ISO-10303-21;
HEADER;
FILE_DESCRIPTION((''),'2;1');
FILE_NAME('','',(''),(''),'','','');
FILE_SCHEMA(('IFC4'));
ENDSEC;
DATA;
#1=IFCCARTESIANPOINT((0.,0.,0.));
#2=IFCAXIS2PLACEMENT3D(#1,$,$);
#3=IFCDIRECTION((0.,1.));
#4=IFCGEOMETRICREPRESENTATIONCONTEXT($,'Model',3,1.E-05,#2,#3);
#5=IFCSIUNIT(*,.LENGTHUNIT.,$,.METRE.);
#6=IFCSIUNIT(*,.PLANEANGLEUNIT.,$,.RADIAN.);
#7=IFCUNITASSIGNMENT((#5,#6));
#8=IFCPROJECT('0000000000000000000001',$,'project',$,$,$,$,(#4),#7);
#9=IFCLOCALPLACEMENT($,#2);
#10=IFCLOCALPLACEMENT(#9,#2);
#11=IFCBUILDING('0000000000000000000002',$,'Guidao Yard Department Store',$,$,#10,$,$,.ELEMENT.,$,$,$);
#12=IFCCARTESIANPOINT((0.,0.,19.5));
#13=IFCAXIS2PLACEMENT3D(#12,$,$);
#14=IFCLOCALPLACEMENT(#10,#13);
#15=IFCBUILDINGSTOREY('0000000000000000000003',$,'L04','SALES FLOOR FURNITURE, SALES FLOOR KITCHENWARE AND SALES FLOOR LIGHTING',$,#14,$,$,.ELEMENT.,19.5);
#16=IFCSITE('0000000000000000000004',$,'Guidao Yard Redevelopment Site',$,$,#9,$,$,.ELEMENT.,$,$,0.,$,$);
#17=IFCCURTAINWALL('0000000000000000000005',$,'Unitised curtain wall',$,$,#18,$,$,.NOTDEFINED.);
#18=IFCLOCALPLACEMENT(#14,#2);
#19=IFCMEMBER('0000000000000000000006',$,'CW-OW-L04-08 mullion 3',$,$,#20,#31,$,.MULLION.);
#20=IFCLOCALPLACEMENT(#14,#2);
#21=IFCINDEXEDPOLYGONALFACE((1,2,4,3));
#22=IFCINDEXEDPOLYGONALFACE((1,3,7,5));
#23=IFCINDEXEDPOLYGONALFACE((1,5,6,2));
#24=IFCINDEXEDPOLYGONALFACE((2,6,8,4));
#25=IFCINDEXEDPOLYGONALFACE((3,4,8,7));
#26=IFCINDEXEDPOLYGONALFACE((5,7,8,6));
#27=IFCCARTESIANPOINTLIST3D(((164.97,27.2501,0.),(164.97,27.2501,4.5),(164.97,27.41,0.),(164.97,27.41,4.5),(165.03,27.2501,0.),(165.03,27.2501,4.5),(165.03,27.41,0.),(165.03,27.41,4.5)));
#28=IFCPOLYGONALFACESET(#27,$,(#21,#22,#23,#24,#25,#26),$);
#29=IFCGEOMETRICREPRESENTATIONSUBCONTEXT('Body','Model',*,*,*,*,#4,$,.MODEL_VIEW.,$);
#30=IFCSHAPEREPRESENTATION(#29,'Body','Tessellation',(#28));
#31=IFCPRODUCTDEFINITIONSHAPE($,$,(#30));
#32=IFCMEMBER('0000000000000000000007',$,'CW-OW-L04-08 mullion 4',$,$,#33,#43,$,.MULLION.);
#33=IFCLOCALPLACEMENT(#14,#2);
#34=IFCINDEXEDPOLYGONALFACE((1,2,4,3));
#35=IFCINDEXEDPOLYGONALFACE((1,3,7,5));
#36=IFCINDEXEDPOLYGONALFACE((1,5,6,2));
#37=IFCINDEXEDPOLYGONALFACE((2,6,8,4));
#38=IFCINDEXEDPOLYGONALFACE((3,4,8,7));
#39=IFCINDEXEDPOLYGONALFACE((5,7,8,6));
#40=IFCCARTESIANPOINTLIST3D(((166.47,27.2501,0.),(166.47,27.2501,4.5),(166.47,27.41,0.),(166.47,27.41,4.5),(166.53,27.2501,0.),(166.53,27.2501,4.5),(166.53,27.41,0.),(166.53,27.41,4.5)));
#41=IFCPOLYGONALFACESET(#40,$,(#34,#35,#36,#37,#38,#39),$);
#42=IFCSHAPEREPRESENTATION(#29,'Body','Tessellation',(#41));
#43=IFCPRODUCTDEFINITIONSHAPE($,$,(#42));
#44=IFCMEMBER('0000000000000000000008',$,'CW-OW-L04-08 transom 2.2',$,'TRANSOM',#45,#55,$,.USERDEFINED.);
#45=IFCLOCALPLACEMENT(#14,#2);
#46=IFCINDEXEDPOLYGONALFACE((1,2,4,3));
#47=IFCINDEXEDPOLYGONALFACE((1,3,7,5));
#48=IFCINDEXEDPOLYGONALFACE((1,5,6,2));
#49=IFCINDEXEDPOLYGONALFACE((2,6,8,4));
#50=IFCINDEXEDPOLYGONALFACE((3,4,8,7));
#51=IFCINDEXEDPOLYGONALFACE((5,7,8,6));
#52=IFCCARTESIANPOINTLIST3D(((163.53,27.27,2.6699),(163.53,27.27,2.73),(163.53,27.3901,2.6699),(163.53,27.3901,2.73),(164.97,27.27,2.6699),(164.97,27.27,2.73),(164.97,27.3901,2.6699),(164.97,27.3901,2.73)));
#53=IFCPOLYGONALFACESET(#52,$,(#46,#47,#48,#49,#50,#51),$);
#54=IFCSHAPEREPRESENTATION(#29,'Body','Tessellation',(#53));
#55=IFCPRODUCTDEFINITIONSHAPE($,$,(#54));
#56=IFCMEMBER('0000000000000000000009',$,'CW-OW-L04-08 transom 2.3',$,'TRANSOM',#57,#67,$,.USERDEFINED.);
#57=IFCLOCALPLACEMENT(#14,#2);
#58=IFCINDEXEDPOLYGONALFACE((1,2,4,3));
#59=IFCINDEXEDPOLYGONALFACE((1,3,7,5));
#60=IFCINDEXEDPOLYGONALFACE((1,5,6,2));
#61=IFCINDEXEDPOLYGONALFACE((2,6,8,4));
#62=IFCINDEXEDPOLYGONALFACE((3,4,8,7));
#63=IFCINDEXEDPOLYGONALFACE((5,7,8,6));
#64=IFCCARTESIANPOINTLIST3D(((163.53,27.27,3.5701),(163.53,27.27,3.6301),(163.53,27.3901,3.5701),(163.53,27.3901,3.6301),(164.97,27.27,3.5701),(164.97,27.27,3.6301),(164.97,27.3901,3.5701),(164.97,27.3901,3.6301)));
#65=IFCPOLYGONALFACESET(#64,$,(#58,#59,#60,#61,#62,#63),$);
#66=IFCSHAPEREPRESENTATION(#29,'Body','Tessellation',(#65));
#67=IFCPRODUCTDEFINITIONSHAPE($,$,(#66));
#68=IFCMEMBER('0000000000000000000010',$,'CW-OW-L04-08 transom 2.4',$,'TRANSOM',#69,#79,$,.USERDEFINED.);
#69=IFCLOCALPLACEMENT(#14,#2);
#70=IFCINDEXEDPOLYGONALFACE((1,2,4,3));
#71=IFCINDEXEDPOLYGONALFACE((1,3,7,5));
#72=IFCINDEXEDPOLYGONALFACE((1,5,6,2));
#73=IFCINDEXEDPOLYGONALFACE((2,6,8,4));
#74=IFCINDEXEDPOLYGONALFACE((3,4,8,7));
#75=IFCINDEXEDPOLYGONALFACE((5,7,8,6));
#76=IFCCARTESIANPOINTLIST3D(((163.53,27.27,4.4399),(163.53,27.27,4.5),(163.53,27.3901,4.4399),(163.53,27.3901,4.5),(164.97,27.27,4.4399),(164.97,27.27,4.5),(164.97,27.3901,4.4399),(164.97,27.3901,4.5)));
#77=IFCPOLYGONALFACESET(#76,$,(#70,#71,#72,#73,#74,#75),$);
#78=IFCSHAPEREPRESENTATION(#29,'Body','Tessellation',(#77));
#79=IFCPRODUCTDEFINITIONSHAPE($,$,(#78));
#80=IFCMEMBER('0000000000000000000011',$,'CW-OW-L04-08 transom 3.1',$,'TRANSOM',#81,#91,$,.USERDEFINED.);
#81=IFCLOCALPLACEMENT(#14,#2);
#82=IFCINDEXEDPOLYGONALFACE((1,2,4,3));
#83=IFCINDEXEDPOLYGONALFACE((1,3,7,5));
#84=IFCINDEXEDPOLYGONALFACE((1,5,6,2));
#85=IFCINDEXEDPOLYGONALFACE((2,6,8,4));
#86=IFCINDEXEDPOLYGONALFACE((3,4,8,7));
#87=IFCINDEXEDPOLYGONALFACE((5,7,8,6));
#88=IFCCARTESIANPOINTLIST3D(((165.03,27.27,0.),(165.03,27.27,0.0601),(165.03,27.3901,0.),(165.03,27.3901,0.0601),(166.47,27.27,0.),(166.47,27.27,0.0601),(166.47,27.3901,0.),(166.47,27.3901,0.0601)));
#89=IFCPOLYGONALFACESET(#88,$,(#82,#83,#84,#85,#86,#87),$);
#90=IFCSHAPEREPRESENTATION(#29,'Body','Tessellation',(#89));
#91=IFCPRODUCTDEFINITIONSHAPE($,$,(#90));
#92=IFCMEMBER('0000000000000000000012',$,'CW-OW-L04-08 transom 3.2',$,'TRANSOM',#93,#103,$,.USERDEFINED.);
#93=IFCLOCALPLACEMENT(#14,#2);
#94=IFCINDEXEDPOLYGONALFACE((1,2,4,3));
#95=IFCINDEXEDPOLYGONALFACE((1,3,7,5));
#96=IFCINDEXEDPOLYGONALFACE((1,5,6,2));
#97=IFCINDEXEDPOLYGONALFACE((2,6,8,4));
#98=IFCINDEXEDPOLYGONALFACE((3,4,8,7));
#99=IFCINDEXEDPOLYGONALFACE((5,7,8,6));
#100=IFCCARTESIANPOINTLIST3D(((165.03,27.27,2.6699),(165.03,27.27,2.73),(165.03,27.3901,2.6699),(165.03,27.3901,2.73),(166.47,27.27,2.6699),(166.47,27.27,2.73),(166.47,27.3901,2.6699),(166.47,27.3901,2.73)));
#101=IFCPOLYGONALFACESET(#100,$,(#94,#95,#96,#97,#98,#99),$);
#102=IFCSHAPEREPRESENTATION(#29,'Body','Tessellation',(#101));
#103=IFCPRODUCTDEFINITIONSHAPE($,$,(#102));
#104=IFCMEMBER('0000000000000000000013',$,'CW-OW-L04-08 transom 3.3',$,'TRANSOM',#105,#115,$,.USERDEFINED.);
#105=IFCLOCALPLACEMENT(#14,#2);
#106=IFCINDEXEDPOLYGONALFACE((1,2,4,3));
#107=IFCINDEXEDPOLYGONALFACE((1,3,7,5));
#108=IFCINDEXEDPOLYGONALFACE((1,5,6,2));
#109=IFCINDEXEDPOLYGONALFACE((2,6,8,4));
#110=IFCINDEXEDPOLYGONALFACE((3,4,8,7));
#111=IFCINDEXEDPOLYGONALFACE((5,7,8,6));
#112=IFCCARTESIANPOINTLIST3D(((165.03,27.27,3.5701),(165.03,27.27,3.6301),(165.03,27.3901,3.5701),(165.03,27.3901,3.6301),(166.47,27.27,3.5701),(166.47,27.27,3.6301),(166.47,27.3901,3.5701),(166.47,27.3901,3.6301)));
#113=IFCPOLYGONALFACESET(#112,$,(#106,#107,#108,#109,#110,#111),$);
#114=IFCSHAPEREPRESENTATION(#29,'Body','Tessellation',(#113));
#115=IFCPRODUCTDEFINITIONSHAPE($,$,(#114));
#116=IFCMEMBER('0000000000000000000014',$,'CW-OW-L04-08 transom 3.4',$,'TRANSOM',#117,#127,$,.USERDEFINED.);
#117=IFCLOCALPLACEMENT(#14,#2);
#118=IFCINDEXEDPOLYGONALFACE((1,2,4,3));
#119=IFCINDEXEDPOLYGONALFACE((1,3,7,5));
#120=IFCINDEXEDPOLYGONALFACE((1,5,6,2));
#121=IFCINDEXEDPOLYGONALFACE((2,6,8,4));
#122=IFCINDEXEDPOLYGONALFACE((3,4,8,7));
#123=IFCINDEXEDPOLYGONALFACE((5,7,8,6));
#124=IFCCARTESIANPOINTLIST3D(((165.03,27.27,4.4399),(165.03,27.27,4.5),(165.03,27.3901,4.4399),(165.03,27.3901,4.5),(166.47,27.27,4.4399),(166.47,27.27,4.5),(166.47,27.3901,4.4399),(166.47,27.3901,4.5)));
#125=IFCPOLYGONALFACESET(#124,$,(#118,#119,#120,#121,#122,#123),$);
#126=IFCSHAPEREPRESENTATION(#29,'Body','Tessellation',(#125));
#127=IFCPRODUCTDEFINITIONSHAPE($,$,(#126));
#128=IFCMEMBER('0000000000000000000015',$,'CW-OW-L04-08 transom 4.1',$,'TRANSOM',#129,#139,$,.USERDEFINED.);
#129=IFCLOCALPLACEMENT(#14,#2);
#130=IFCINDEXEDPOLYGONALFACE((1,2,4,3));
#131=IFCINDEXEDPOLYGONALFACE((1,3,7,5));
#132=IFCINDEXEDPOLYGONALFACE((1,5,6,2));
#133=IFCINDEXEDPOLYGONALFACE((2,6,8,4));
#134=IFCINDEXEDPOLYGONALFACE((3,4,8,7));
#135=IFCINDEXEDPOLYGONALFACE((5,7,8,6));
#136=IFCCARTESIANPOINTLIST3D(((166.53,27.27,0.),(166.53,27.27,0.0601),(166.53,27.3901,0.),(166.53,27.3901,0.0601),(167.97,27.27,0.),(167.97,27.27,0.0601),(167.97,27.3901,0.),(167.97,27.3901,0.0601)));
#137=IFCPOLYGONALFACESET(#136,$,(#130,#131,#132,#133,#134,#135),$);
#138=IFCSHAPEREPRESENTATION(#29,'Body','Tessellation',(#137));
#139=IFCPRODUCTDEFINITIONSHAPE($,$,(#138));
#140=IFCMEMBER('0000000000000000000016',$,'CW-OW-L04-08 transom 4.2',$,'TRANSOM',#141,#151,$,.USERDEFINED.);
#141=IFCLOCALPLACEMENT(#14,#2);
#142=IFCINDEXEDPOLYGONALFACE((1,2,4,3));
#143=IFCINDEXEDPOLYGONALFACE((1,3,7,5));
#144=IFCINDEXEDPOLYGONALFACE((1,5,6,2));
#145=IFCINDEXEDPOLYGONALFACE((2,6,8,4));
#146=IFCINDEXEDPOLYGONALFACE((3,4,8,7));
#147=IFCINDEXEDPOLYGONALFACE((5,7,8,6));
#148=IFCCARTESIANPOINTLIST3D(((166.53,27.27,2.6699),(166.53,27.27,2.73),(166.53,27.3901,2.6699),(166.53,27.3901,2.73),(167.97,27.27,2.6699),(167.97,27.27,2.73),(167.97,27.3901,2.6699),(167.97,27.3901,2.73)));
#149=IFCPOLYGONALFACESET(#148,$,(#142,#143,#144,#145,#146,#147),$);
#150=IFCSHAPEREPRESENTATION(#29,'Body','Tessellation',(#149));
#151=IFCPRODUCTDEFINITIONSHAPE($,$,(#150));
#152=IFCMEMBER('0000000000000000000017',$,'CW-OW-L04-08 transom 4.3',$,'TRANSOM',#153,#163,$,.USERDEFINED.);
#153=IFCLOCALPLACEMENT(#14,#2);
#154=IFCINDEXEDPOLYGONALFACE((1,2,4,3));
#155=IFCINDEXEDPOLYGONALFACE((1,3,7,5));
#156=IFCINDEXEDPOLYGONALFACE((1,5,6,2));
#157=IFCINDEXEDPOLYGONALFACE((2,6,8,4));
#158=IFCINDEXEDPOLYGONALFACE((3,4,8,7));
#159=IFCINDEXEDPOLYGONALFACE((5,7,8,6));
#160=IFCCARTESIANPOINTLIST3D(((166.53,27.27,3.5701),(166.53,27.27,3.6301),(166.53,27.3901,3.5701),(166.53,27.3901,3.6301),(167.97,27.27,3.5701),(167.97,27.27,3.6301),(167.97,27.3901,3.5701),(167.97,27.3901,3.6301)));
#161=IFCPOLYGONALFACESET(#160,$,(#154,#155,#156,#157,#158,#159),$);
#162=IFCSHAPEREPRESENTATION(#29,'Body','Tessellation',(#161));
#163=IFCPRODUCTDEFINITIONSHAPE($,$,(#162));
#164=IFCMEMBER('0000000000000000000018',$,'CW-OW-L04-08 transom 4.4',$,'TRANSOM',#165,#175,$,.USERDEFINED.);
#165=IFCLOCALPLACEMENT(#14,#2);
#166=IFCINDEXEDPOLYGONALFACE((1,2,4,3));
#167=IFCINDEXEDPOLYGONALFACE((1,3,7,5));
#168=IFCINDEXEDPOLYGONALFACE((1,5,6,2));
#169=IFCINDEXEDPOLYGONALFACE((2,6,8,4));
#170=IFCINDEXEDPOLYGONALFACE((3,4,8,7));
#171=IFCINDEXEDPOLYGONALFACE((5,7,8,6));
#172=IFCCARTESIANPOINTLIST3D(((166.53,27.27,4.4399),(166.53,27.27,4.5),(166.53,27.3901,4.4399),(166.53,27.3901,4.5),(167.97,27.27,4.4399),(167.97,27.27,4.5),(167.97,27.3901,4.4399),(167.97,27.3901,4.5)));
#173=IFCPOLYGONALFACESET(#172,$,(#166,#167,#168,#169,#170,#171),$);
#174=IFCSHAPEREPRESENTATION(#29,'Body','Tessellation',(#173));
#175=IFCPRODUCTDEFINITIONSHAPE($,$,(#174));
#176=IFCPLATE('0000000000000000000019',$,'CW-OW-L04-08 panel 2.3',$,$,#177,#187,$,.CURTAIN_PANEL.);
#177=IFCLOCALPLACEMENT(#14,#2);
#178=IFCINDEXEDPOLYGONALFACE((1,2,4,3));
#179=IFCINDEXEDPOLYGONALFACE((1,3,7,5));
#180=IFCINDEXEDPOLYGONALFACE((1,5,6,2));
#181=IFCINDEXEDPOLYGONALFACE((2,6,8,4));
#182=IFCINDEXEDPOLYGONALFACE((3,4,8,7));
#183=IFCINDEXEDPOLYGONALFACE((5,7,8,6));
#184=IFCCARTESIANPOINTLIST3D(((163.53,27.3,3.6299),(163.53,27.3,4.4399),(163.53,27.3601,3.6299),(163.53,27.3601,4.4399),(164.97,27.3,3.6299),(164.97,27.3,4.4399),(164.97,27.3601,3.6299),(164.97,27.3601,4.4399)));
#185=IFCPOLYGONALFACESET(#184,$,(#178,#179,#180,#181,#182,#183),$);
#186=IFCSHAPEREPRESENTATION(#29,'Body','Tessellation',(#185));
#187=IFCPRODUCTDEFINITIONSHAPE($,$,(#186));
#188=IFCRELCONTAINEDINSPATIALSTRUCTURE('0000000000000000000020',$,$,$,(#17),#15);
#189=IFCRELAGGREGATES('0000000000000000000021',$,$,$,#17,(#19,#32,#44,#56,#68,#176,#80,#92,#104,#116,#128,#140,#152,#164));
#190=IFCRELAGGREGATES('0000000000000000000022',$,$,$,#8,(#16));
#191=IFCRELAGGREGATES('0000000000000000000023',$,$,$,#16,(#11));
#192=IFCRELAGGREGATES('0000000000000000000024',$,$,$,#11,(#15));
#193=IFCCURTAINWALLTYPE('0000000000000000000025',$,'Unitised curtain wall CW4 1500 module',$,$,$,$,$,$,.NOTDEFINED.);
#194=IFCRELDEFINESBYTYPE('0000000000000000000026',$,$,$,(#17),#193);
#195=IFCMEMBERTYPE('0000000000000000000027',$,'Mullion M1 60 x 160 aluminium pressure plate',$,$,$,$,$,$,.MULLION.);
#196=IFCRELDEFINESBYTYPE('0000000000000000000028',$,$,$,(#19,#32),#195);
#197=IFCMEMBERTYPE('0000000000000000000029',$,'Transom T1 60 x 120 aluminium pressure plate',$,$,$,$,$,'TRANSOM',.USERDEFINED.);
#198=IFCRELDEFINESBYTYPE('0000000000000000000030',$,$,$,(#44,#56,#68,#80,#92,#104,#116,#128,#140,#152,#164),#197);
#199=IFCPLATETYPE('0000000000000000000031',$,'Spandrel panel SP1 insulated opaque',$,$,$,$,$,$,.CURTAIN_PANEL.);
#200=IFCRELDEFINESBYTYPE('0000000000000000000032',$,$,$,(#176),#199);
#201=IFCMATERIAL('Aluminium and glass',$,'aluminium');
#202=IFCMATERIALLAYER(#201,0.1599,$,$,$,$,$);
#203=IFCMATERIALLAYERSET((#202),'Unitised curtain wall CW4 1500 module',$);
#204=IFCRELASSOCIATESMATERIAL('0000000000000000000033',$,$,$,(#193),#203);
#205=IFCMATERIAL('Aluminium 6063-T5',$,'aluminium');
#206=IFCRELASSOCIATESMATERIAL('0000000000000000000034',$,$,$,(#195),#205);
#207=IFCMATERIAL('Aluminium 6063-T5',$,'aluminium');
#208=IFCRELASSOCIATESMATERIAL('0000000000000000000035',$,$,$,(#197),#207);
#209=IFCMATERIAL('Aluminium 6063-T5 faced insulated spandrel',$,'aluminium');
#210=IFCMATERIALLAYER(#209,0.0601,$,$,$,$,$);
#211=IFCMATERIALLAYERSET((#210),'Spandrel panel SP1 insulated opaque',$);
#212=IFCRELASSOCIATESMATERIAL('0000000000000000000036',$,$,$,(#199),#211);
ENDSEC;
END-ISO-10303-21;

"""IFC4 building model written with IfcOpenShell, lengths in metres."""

from ifc_helpers import new_model, si_unit, direction, frame, origin, origin_2d, place, context, subcontext, project, spatial, rectangle, extrude, material, layer, layer_set, material_profile, profile_set, type_object, element, aggregate, save


model = new_model("IFC4")

# Units and contexts
model_context = context("Model", 3, precision=1e-05, world=origin(), true_north=direction((0.0, 1.0)))
body_context = subcontext(model_context, "Body", "Model", "MODEL_VIEW")
ifc_project = project(units=[si_unit("LENGTHUNIT", "METRE"), si_unit("PLANEANGLEUNIT", "RADIAN")], contexts=[model_context])

# Site, building, storey
site_placement = place(None, origin())
site = spatial("IfcSite", under=ifc_project, at=site_placement, Name="Guidao Yard Redevelopment Site", CompositionType="ELEMENT", RefElevation=0.0)
building_placement = place(site_placement, origin())
building = spatial("IfcBuilding", under=site, at=building_placement, Name="Guidao Yard Department Store", CompositionType="ELEMENT")
storey_placement = place(building_placement, frame((0.0, 0.0, 19.5)))
storey = spatial("IfcBuildingStorey", under=building, at=storey_placement, Name="L04", Description="SALES FLOOR FURNITURE, SALES FLOOR KITCHENWARE AND SALES FLOOR LIGHTING", CompositionType="ELEMENT", Elevation=19.5)

# Curtain wall, members, plate
ifc_material_1 = material(Name="Aluminium and glass", Category="aluminium")
ifc_layer_1 = layer(ifc_material_1, 0.1599)
ifc_layer_set_1 = layer_set([ifc_layer_1], Name="Unitised curtain wall CW4 1500 module")
curtain_wall_type = type_object("IfcCurtainWallType", Name="Unitised curtain wall CW4 1500 module", PredefinedType="NOTDEFINED", material=ifc_layer_set_1)
curtain_wall_placement = place(storey_placement, origin())
curtain_wall = element("IfcCurtainWall", 1, at=curtain_wall_placement, inside=storey, type_object=curtain_wall_type, Name="Unitised curtain wall", PredefinedType="NOTDEFINED")
ifc_material_2 = material(Name="Aluminium 6063-T5", Category="aluminium")
ifc_material_profile_1 = material_profile(ifc_material_2, rectangle(XDim=0.0601, YDim=0.1599, at=origin_2d()), Name="Mullion M1 60 x 160 aluminium pressure plate")
ifc_profile_set_1 = profile_set([ifc_material_profile_1], Name="Aluminium 6063-T5")
member_type_1 = type_object("IfcMemberType", Name="Mullion M1 60 x 160 aluminium pressure plate", PredefinedType="MULLION", material=ifc_profile_set_1)
member_1_placement = place(storey_placement, frame((165.0, 27.3301, 0.0), z_axis=(0.0, 0.0, 1.0), x_axis=(1.0, 0.0, 0.0)))
member_1 = element("IfcMember", 2, at=member_1_placement, type_object=member_type_1, Name="CW-OW-L04-08 mullion 3", PredefinedType="MULLION", context=body_context, shape_type="SweptSolid", body=[
    extrude(rectangle(XDim=0.0601, YDim=0.1599, at=origin_2d()), origin(), (0.0, 0.0, 1.0), 4.5),
])
member_2_placement = place(storey_placement, frame((166.5, 27.3301, 0.0), z_axis=(0.0, 0.0, 1.0), x_axis=(1.0, 0.0, 0.0)))
member_2 = element("IfcMember", 3, at=member_2_placement, type_object=member_type_1, Name="CW-OW-L04-08 mullion 4", PredefinedType="MULLION", context=body_context, shape_type="SweptSolid", body=[
    extrude(rectangle(XDim=0.0601, YDim=0.1599, at=origin_2d()), origin(), (0.0, 0.0, 1.0), 4.5),
])
ifc_material_3 = material(Name="Aluminium 6063-T5", Category="aluminium")
ifc_material_profile_2 = material_profile(ifc_material_3, rectangle(XDim=0.1201, YDim=0.0601, at=origin_2d()), Name="Transom T1 60 x 120 aluminium pressure plate")
ifc_profile_set_2 = profile_set([ifc_material_profile_2], Name="Aluminium 6063-T5")
member_type_2 = type_object("IfcMemberType", Name="Transom T1 60 x 120 aluminium pressure plate", ElementType="TRANSOM", PredefinedType="USERDEFINED", material=ifc_profile_set_2)
member_3_placement = place(storey_placement, frame((163.53, 27.3301, 2.7), z_axis=(1.0, 0.0, 0.0), x_axis=(0.0, 1.0, 0.0)))
member_3 = element("IfcMember", 4, at=member_3_placement, type_object=member_type_2, Name="CW-OW-L04-08 transom 2.2", ObjectType="TRANSOM", PredefinedType="USERDEFINED", context=body_context, shape_type="SweptSolid", body=[
    extrude(rectangle(XDim=0.1201, YDim=0.0601, at=origin_2d()), origin(), (0.0, 0.0, 1.0), 1.4399),
])
member_4_placement = place(storey_placement, frame((163.53, 27.3301, 3.6001), z_axis=(1.0, 0.0, 0.0), x_axis=(0.0, 1.0, 0.0)))
member_4 = element("IfcMember", 5, at=member_4_placement, type_object=member_type_2, Name="CW-OW-L04-08 transom 2.3", ObjectType="TRANSOM", PredefinedType="USERDEFINED", context=body_context, shape_type="SweptSolid", body=[
    extrude(rectangle(XDim=0.1201, YDim=0.0601, at=origin_2d()), origin(), (0.0, 0.0, 1.0), 1.4399),
])
member_5_placement = place(storey_placement, frame((163.53, 27.3301, 4.47), z_axis=(1.0, 0.0, 0.0), x_axis=(0.0, 1.0, 0.0)))
member_5 = element("IfcMember", 6, at=member_5_placement, type_object=member_type_2, Name="CW-OW-L04-08 transom 2.4", ObjectType="TRANSOM", PredefinedType="USERDEFINED", context=body_context, shape_type="SweptSolid", body=[
    extrude(rectangle(XDim=0.1201, YDim=0.0601, at=origin_2d()), origin(), (0.0, 0.0, 1.0), 1.4399),
])
member_6_placement = place(storey_placement, frame((165.03, 27.3301, 0.03), z_axis=(1.0, 0.0, 0.0), x_axis=(0.0, 1.0, 0.0)))
member_6 = element("IfcMember", 7, at=member_6_placement, type_object=member_type_2, Name="CW-OW-L04-08 transom 3.1", ObjectType="TRANSOM", PredefinedType="USERDEFINED", context=body_context, shape_type="SweptSolid", body=[
    extrude(rectangle(XDim=0.1201, YDim=0.0601, at=origin_2d()), origin(), (0.0, 0.0, 1.0), 1.4399),
])
member_7_placement = place(storey_placement, frame((165.03, 27.3301, 2.7), z_axis=(1.0, 0.0, 0.0), x_axis=(0.0, 1.0, 0.0)))
member_7 = element("IfcMember", 8, at=member_7_placement, type_object=member_type_2, Name="CW-OW-L04-08 transom 3.2", ObjectType="TRANSOM", PredefinedType="USERDEFINED", context=body_context, shape_type="SweptSolid", body=[
    extrude(rectangle(XDim=0.1201, YDim=0.0601, at=origin_2d()), origin(), (0.0, 0.0, 1.0), 1.4399),
])
member_8_placement = place(storey_placement, frame((165.03, 27.3301, 3.6001), z_axis=(1.0, 0.0, 0.0), x_axis=(0.0, 1.0, 0.0)))
member_8 = element("IfcMember", 9, at=member_8_placement, type_object=member_type_2, Name="CW-OW-L04-08 transom 3.3", ObjectType="TRANSOM", PredefinedType="USERDEFINED", context=body_context, shape_type="SweptSolid", body=[
    extrude(rectangle(XDim=0.1201, YDim=0.0601, at=origin_2d()), origin(), (0.0, 0.0, 1.0), 1.4399),
])
member_9_placement = place(storey_placement, frame((165.03, 27.3301, 4.47), z_axis=(1.0, 0.0, 0.0), x_axis=(0.0, 1.0, 0.0)))
member_9 = element("IfcMember", 10, at=member_9_placement, type_object=member_type_2, Name="CW-OW-L04-08 transom 3.4", ObjectType="TRANSOM", PredefinedType="USERDEFINED", context=body_context, shape_type="SweptSolid", body=[
    extrude(rectangle(XDim=0.1201, YDim=0.0601, at=origin_2d()), origin(), (0.0, 0.0, 1.0), 1.4399),
])
member_10_placement = place(storey_placement, frame((166.53, 27.3301, 0.03), z_axis=(1.0, 0.0, 0.0), x_axis=(0.0, 1.0, 0.0)))
member_10 = element("IfcMember", 11, at=member_10_placement, type_object=member_type_2, Name="CW-OW-L04-08 transom 4.1", ObjectType="TRANSOM", PredefinedType="USERDEFINED", context=body_context, shape_type="SweptSolid", body=[
    extrude(rectangle(XDim=0.1201, YDim=0.0601, at=origin_2d()), origin(), (0.0, 0.0, 1.0), 1.4399),
])
member_11_placement = place(storey_placement, frame((166.53, 27.3301, 2.7), z_axis=(1.0, 0.0, 0.0), x_axis=(0.0, 1.0, 0.0)))
member_11 = element("IfcMember", 12, at=member_11_placement, type_object=member_type_2, Name="CW-OW-L04-08 transom 4.2", ObjectType="TRANSOM", PredefinedType="USERDEFINED", context=body_context, shape_type="SweptSolid", body=[
    extrude(rectangle(XDim=0.1201, YDim=0.0601, at=origin_2d()), origin(), (0.0, 0.0, 1.0), 1.4399),
])
member_12_placement = place(storey_placement, frame((166.53, 27.3301, 3.6001), z_axis=(1.0, 0.0, 0.0), x_axis=(0.0, 1.0, 0.0)))
member_12 = element("IfcMember", 13, at=member_12_placement, type_object=member_type_2, Name="CW-OW-L04-08 transom 4.3", ObjectType="TRANSOM", PredefinedType="USERDEFINED", context=body_context, shape_type="SweptSolid", body=[
    extrude(rectangle(XDim=0.1201, YDim=0.0601, at=origin_2d()), origin(), (0.0, 0.0, 1.0), 1.4399),
])
member_13_placement = place(storey_placement, frame((166.53, 27.3301, 4.47), z_axis=(1.0, 0.0, 0.0), x_axis=(0.0, 1.0, 0.0)))
member_13 = element("IfcMember", 14, at=member_13_placement, type_object=member_type_2, Name="CW-OW-L04-08 transom 4.4", ObjectType="TRANSOM", PredefinedType="USERDEFINED", context=body_context, shape_type="SweptSolid", body=[
    extrude(rectangle(XDim=0.1201, YDim=0.0601, at=origin_2d()), origin(), (0.0, 0.0, 1.0), 1.4399),
])
ifc_material_4 = material(Name="Aluminium 6063-T5 faced insulated spandrel", Category="aluminium")
ifc_layer_2 = layer(ifc_material_4, 0.0601)
ifc_layer_set_2 = layer_set([ifc_layer_2], Name="Spandrel panel SP1 insulated opaque")
plate_type_1 = type_object("IfcPlateType", Name="Spandrel panel SP1 insulated opaque", PredefinedType="CURTAIN_PANEL", material=ifc_layer_set_2)
plate_1_placement = place(storey_placement, frame((164.25, 27.3301, 3.6299), z_axis=(0.0, 0.0, 1.0), x_axis=(1.0, 0.0, 0.0)))
plate_1 = element("IfcPlate", 15, at=plate_1_placement, type_object=plate_type_1, Name="CW-OW-L04-08 panel 2.3", PredefinedType="CURTAIN_PANEL", context=body_context, shape_type="SweptSolid", body=[
    extrude(rectangle(XDim=1.4399, YDim=0.0601, at=origin_2d()), origin(), (0.0, 0.0, 1.0), 0.8101),
])
aggregate(curtain_wall, [member_1, member_2, member_3, member_4, member_5, plate_1, member_6, member_7, member_8, member_9, member_10, member_11, member_12, member_13])

save(model, "model.ifc")
